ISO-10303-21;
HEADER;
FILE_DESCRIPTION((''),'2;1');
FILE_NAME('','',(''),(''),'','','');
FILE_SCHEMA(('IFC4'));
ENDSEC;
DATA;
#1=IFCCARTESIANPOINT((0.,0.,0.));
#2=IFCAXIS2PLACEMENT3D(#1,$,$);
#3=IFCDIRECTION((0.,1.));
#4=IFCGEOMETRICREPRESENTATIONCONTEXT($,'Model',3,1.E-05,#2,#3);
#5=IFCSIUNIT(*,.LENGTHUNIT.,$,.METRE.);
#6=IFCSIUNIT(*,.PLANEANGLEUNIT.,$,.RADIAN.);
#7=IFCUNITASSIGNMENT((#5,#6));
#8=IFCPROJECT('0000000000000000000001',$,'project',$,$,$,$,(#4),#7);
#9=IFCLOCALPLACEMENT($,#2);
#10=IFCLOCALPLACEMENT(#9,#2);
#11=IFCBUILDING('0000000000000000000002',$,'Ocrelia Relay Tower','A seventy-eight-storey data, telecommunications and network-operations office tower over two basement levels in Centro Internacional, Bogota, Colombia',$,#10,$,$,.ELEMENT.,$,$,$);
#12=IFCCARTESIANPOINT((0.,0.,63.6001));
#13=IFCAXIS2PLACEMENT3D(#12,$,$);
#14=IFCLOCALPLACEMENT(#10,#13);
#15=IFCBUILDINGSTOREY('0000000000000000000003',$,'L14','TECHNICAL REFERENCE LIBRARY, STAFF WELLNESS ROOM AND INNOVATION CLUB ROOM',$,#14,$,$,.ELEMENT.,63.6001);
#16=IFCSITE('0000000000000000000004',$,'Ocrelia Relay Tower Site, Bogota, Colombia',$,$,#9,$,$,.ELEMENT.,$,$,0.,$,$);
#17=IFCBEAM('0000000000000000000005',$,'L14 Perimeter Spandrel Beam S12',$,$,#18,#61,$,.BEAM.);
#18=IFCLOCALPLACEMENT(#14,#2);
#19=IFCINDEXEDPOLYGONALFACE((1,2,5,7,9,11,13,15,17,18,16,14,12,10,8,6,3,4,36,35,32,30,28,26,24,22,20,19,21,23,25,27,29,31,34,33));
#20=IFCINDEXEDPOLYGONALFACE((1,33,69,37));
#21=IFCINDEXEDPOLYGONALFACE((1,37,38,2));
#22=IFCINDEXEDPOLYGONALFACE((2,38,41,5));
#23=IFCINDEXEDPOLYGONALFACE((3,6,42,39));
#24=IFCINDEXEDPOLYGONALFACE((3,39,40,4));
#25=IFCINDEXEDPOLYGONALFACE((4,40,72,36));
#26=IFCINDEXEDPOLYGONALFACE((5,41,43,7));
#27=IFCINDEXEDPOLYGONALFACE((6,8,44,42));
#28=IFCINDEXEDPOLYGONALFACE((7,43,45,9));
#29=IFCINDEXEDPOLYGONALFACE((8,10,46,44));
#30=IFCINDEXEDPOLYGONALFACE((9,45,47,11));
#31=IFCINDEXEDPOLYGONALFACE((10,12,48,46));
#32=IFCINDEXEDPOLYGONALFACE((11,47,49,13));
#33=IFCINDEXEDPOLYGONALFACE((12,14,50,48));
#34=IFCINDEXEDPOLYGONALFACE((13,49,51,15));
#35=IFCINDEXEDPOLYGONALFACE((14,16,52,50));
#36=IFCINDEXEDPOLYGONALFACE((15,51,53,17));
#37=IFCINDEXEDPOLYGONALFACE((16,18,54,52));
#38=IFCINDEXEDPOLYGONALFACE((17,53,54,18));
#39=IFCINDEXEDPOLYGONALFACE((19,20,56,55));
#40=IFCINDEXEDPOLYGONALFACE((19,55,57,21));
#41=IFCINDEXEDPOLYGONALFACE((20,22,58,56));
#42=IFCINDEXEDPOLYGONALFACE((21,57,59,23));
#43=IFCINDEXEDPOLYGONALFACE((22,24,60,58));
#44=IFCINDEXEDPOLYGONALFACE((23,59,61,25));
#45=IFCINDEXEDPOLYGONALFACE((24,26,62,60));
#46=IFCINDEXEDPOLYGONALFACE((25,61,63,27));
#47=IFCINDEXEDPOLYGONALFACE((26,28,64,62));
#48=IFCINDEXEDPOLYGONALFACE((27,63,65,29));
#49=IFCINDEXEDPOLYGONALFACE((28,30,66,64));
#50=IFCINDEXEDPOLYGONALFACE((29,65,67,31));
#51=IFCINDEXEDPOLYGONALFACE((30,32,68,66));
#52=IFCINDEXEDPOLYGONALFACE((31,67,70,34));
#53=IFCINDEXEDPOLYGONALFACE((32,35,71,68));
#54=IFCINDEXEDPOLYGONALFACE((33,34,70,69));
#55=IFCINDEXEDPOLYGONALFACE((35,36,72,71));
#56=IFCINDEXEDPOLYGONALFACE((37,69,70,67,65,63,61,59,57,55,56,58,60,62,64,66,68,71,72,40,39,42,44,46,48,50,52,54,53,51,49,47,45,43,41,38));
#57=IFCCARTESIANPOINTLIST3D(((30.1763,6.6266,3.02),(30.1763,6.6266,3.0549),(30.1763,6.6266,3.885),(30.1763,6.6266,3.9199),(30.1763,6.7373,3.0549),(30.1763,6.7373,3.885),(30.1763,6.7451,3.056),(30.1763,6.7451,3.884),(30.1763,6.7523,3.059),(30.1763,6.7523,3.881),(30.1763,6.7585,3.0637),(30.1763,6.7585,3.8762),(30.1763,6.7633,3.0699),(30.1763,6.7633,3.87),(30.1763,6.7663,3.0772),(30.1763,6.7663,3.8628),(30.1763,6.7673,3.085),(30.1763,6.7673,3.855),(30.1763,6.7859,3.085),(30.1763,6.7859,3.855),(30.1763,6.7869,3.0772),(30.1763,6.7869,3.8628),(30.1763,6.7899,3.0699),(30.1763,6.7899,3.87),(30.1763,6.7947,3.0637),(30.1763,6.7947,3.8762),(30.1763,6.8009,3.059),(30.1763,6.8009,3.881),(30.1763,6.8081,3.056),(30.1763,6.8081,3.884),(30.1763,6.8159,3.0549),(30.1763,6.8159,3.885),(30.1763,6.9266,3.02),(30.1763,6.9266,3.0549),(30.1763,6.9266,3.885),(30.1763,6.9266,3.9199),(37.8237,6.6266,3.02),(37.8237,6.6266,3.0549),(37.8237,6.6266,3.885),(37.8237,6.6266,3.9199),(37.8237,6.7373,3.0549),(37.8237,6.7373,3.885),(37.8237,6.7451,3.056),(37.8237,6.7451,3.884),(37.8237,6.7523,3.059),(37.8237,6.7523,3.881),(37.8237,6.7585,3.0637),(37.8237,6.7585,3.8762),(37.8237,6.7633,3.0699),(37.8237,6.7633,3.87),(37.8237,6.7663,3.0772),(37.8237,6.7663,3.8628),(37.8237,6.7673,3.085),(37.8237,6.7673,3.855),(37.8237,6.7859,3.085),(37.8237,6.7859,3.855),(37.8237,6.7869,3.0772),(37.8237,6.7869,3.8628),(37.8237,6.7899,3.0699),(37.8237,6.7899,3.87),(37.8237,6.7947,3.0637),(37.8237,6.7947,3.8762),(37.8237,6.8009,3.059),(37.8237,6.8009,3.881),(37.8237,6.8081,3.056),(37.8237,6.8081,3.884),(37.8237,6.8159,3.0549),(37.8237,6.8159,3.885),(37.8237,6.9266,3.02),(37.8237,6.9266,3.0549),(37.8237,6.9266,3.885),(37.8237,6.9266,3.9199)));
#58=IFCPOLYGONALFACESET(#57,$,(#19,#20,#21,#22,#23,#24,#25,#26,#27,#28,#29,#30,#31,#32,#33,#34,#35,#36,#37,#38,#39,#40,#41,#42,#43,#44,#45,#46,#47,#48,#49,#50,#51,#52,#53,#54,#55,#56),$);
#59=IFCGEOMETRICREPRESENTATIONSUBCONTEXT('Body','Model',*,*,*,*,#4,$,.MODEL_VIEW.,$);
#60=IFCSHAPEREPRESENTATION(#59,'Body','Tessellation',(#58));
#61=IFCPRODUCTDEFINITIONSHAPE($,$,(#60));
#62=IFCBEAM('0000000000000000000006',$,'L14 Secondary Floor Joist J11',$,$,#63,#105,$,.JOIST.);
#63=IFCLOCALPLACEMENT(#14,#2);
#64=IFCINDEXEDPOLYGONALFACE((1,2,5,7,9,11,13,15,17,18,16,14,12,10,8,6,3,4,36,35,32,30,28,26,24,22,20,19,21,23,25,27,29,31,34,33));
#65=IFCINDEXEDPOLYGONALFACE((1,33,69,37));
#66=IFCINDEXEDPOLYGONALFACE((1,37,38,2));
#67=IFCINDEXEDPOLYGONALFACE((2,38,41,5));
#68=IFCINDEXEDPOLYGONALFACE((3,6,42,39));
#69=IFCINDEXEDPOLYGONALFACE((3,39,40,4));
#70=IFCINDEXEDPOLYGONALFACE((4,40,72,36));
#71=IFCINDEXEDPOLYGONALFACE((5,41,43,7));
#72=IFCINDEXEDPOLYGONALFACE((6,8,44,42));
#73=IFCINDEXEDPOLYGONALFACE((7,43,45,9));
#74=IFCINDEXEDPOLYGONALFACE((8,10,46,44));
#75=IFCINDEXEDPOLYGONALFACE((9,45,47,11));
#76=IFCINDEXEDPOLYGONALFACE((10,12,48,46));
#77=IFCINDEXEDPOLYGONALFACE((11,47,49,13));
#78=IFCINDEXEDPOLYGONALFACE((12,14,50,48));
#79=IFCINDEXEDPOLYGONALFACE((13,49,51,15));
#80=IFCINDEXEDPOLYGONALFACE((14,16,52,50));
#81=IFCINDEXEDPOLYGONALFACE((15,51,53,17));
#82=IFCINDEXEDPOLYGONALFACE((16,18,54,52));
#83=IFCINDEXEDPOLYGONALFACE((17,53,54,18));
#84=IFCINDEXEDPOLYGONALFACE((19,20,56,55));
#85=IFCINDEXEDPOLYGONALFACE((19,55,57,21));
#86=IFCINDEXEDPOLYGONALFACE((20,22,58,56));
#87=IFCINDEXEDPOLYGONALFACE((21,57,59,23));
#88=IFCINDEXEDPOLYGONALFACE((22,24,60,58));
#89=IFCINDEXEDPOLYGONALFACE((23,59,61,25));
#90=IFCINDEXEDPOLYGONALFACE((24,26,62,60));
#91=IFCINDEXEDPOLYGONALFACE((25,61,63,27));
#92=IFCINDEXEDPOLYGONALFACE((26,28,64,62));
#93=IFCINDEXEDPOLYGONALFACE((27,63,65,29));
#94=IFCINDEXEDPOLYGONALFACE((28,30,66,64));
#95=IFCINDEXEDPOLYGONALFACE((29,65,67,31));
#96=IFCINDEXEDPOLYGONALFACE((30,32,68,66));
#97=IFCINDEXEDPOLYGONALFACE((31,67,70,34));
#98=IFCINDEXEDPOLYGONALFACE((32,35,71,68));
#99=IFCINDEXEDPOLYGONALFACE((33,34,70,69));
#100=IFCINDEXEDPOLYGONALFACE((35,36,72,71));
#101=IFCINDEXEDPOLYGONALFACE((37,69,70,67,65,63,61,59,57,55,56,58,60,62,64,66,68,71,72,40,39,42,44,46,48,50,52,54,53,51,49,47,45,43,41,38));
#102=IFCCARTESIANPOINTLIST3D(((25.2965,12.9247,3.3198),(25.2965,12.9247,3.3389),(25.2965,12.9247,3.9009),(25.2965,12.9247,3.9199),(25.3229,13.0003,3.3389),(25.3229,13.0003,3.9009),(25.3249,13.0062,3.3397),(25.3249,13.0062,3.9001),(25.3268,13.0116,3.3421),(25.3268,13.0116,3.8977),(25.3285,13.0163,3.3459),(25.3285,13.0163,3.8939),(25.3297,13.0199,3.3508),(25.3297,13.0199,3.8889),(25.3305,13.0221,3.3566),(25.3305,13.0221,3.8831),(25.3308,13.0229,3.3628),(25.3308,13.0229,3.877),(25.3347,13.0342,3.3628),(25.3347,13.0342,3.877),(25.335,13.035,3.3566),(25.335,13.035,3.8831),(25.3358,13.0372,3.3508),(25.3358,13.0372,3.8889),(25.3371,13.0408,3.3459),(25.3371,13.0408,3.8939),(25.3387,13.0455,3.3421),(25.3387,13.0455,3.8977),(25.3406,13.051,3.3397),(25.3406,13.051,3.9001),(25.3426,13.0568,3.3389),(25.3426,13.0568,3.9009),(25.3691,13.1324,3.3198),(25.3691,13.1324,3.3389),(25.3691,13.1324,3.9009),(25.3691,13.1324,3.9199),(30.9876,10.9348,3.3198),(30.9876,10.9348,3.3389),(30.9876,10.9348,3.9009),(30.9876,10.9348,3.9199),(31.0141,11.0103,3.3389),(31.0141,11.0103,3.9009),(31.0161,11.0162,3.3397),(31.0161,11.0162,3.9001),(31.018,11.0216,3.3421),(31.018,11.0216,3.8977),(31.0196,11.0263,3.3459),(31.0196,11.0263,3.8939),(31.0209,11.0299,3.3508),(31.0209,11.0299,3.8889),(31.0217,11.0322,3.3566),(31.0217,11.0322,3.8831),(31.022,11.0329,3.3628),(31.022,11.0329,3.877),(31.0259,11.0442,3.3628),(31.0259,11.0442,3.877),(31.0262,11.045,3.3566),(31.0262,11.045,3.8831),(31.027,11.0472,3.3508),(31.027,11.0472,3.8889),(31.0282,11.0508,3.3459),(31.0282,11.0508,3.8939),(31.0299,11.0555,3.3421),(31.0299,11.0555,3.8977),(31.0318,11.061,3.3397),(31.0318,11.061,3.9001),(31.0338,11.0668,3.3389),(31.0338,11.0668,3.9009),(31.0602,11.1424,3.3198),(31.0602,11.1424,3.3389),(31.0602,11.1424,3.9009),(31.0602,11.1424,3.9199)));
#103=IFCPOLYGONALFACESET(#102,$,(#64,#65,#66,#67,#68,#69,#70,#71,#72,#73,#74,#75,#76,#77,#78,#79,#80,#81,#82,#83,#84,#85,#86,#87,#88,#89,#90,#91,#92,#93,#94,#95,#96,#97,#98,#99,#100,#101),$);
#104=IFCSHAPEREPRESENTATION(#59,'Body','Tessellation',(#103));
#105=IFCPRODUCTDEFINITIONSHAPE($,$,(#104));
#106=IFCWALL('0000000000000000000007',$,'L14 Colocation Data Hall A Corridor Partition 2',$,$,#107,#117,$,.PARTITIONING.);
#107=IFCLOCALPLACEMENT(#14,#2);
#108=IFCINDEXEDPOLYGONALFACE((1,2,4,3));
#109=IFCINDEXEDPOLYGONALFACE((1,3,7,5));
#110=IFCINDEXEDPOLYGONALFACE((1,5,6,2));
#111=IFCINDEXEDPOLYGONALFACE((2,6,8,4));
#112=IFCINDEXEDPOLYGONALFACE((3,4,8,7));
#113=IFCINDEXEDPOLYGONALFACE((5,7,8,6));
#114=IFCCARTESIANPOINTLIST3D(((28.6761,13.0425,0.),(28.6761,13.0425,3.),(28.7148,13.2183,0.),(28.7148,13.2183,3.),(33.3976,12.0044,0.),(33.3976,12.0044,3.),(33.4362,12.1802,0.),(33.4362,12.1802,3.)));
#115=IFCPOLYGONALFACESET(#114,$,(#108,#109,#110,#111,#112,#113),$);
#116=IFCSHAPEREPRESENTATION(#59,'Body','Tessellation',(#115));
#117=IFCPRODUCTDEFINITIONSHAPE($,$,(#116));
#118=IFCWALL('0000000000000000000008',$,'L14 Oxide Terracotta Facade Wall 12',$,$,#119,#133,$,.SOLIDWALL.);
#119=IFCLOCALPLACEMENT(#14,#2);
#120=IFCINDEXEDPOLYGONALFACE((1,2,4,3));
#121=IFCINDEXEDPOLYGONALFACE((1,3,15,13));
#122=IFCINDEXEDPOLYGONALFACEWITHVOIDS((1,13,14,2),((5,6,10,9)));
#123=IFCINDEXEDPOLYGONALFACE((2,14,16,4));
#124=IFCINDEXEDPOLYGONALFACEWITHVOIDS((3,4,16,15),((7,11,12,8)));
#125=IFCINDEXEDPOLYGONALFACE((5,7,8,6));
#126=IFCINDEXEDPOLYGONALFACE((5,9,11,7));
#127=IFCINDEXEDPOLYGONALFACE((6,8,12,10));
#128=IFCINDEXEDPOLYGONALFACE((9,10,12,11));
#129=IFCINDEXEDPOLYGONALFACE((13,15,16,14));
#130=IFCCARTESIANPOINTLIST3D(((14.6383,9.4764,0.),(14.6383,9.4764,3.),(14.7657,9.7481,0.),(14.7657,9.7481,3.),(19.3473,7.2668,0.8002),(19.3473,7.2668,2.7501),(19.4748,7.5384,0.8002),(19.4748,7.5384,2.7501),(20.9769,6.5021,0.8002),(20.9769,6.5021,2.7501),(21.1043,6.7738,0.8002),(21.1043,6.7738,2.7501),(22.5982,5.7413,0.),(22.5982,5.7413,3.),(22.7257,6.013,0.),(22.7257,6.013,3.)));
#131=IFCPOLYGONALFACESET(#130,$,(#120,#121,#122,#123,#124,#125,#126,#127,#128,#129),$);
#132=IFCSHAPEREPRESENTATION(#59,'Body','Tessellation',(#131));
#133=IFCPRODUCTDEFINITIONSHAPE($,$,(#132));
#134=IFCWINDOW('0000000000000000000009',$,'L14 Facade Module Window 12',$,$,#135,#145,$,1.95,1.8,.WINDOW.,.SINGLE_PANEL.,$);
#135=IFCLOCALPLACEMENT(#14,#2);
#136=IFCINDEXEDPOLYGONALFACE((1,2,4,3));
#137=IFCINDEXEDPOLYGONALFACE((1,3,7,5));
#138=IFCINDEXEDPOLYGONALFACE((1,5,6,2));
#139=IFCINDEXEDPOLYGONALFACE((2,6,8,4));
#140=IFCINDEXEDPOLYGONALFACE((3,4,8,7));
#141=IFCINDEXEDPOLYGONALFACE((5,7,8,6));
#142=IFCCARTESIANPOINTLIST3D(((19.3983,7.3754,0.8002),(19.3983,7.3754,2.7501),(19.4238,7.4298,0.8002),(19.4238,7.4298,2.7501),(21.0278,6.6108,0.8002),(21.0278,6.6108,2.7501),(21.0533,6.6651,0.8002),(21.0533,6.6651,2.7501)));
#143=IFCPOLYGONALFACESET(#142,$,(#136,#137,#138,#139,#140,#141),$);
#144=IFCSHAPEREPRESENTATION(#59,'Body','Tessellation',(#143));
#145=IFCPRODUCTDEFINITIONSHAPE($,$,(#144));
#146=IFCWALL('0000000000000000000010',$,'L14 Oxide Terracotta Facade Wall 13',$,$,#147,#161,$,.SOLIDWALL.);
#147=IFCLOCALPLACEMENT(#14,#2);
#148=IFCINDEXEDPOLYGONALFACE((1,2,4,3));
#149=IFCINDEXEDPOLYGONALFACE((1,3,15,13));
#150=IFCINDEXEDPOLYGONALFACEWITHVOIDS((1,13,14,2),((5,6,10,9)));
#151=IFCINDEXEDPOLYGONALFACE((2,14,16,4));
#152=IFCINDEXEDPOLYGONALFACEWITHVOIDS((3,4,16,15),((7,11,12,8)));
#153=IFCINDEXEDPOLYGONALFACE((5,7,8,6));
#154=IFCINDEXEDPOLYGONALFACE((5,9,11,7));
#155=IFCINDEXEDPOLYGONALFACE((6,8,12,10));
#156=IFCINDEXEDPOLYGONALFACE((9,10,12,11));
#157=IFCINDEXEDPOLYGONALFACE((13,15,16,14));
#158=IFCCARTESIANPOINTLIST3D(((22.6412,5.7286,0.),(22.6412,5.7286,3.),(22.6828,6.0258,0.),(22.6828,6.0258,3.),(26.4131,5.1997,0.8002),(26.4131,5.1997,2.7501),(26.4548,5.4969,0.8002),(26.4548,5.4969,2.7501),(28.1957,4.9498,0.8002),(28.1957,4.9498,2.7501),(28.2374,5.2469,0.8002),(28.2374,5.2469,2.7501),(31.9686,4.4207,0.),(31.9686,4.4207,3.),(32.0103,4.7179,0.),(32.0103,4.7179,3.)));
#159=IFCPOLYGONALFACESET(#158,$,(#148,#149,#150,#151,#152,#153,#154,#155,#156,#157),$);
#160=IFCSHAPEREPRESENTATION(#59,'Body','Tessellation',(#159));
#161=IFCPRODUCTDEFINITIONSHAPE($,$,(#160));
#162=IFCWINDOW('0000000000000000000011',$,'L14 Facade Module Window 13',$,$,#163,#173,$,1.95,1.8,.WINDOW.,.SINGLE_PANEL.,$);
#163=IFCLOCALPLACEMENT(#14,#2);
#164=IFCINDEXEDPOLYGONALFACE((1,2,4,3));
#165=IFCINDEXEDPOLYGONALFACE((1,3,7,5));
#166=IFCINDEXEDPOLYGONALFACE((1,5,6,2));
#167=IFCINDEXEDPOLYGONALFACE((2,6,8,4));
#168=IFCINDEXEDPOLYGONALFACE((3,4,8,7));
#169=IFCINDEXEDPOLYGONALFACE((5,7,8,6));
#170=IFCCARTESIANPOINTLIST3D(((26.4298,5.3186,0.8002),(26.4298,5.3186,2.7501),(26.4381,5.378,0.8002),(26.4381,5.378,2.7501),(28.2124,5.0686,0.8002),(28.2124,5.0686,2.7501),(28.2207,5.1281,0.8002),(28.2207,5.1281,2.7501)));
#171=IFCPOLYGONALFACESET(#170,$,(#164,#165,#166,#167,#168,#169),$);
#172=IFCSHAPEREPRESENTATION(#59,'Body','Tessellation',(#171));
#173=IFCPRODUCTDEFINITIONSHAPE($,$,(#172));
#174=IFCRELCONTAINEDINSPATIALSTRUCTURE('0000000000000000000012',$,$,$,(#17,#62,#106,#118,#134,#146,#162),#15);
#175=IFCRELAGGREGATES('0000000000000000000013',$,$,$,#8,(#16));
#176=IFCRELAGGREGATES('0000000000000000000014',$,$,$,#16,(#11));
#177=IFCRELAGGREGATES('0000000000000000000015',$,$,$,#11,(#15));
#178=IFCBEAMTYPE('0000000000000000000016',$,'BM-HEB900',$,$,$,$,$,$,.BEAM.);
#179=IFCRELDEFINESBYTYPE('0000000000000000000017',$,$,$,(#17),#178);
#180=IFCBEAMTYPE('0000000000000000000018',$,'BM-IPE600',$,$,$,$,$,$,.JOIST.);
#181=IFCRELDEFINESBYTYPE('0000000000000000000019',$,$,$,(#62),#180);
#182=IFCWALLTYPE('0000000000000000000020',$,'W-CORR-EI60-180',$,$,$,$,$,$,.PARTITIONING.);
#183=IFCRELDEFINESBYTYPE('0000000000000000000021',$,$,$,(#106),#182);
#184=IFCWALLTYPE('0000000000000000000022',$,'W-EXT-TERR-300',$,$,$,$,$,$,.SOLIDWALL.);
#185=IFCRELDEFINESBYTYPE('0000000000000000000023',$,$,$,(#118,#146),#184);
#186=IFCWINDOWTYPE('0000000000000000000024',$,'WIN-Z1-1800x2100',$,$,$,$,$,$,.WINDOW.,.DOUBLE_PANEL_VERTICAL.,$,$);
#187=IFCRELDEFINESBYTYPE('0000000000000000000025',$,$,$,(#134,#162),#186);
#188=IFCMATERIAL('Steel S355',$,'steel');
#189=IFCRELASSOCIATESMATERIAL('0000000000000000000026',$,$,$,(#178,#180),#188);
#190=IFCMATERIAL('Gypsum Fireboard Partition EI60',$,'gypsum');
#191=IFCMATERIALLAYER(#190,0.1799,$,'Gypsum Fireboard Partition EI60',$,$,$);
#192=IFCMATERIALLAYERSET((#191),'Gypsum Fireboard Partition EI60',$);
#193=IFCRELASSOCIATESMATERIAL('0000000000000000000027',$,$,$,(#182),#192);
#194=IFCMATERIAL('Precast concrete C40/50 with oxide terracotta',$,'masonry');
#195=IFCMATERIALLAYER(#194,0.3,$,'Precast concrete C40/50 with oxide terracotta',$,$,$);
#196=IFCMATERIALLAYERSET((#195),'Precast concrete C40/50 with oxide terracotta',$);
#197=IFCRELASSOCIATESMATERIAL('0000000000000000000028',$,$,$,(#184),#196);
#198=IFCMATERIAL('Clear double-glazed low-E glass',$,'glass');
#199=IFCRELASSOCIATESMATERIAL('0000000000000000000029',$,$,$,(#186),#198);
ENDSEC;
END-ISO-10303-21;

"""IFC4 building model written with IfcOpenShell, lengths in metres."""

from ifc_helpers import new_model, si_unit, direction, frame, frame_2d, origin, origin_2d, place, context, subcontext, project, spatial, rectangle, i_section, extrude, material, layer, layer_set, material_profile, profile_set, type_object, element, fill, save


model = new_model("IFC4")

# Units and contexts
model_context = context("Model", 3, precision=1e-05, world=origin(), true_north=direction((0.0, 1.0)))
body_context = subcontext(model_context, "Body", "Model", "MODEL_VIEW")
ifc_project = project(units=[si_unit("LENGTHUNIT", "METRE"), si_unit("PLANEANGLEUNIT", "RADIAN")], contexts=[model_context])

# Site, building, storey
site_placement = place(None, origin())
site = spatial("IfcSite", under=ifc_project, at=site_placement, Name="Ocrelia Relay Tower Site, Bogota, Colombia", CompositionType="ELEMENT", RefElevation=0.0)
building_placement = place(site_placement, origin())
building = spatial("IfcBuilding", under=site, at=building_placement, Name="Ocrelia Relay Tower", Description="A seventy-eight-storey data, telecommunications and network-operations office tower over two basement levels in Centro Internacional, Bogota, Colombia", CompositionType="ELEMENT")
storey_placement = place(building_placement, frame((0.0, 0.0, 63.6001)))
storey = spatial("IfcBuildingStorey", under=building, at=storey_placement, Name="L14", Description="TECHNICAL REFERENCE LIBRARY, STAFF WELLNESS ROOM AND INNOVATION CLUB ROOM", CompositionType="ELEMENT", Elevation=63.6001)

# Beams
ifc_material_1 = material(Name="Steel S355", Category="steel")
ifc_material_profile_1 = material_profile(ifc_material_1, i_section(OverallWidth=0.3, OverallDepth=0.8999, WebThickness=0.0186, FlangeThickness=0.0349, FilletRadius=0.03, at=origin_2d()), Name="HEB 900")
ifc_profile_set_1 = profile_set([ifc_material_profile_1], Name="Steel S355")
beam_type_1 = type_object("IfcBeamType", Name="BM-HEB900", PredefinedType="BEAM", material=ifc_profile_set_1)
for number, where, z_axis, x_axis, name in (
    (1, (30.1763, 6.7766, 3.47), (1.0, 0.0, 0.0), (0.0, 1.0, 0.0), "L14 Perimeter Spandrel Beam S12"),
):
    element("IfcBeam", number, at=place(storey_placement, frame(where, z_axis=z_axis, x_axis=x_axis)), inside=storey, type_object=beam_type_1, Name=name, PredefinedType="BEAM", context=body_context, shape_type="SweptSolid", body=[
        extrude(i_section(OverallWidth=0.3, OverallDepth=0.8999, WebThickness=0.0186, FlangeThickness=0.0349, FilletRadius=0.03, at=origin_2d()), origin(), (0.0, 0.0, 1.0), 7.6475),
    ])
ifc_material_profile_2 = material_profile(ifc_material_1, i_section(OverallWidth=0.22, OverallDepth=0.6001, WebThickness=0.012, FlangeThickness=0.019, FilletRadius=0.0239, at=origin_2d()), Name="IPE 600")
ifc_profile_set_2 = profile_set([ifc_material_profile_2], Name="Steel S355")
beam_type_2 = type_object("IfcBeamType", Name="BM-IPE600", PredefinedType="JOIST", material=ifc_profile_set_2)
beam_1_placement = place(storey_placement, frame((25.3328, 13.0286, 3.6199), z_axis=(0.943957, -0.330067, 0.0), x_axis=(0.330067, 0.943957, 0.0)))
element("IfcBeam", 2, at=beam_1_placement, inside=storey, type_object=beam_type_2, Name="L14 Secondary Floor Joist J11", PredefinedType="JOIST", context=body_context, shape_type="SweptSolid", body=[
    extrude(i_section(OverallWidth=0.22, OverallDepth=0.6001, WebThickness=0.012, FlangeThickness=0.019, FilletRadius=0.0239, at=origin_2d()), origin(), (0.0, 0.0, 1.0), 6.0291),
])

# Wall
ifc_material_2 = material(Name="Gypsum Fireboard Partition EI60", Category="gypsum")
ifc_layer_1 = layer(ifc_material_2, 0.1799, Name="Gypsum Fireboard Partition EI60")
ifc_layer_set_1 = layer_set([ifc_layer_1], Name="Gypsum Fireboard Partition EI60")
wall_type_1 = type_object("IfcWallType", Name="W-CORR-EI60-180", PredefinedType="PARTITIONING", material=ifc_layer_set_1)
wall_1_placement = place(storey_placement, frame((28.6956, 13.1304, 0.0), z_axis=(0.0, 0.0, 1.0), x_axis=(0.976672, -0.214737, 0.0)))
element("IfcWall", 3, at=wall_1_placement, inside=storey, type_object=wall_type_1, Name="L14 Colocation Data Hall A Corridor Partition 2", PredefinedType="PARTITIONING", context=body_context, shape_type="SweptSolid", body=[
    extrude(rectangle(XDim=4.8342, YDim=0.1799, at=frame_2d((2.417, 0.0))), origin(), (0.0, 0.0, 1.0), 3.0),
])

# Walls, openings, windows
ifc_material_3 = material(Name="Precast concrete C40/50 with oxide terracotta", Category="masonry")
ifc_layer_2 = layer(ifc_material_3, 0.3, Name="Precast concrete C40/50 with oxide terracotta")
ifc_layer_set_2 = layer_set([ifc_layer_2], Name="Precast concrete C40/50 with oxide terracotta")
wall_type_2 = type_object("IfcWallType", Name="W-EXT-TERR-300", PredefinedType="SOLIDWALL", material=ifc_layer_set_2)
wall_2_placement = place(storey_placement, frame((14.7019, 9.6123, 0.0), z_axis=(0.0, 0.0, 1.0), x_axis=(0.905289, -0.424795, 0.0)))
wall_2 = element("IfcWall", 4, at=wall_2_placement, inside=storey, type_object=wall_type_2, Name="L14 Oxide Terracotta Facade Wall 12", PredefinedType="SOLIDWALL", context=body_context, shape_type="SweptSolid", body=[
    extrude(rectangle(XDim=8.7927, YDim=0.3, at=frame_2d((4.3965, 0.0))), origin(), (0.0, 0.0, 1.0), 3.0),
])
opening_1_placement = place(wall_2_placement, frame((5.2019, 0.0, 0.8)))
opening_1 = element("IfcOpeningElement", 5, at=opening_1_placement, cuts=wall_2, PredefinedType="OPENING", context=body_context, shape_type="SweptSolid", body=[
    extrude(rectangle(XDim=1.8, YDim=1.95, at=frame_2d((0.8999, 0.9751))), frame((0.0, 0.1602, 0.0), z_axis=(0.0, -1.0, 0.0), x_axis=(1.0, 0.0, 0.0)), (0.0, 0.0, 1.0), 0.3201),
])
ifc_material_4 = material(Name="Clear double-glazed low-E glass", Category="glass")
window_type = type_object("IfcWindowType", Name="WIN-Z1-1800x2100", PartitioningType="DOUBLE_PANEL_VERTICAL", PredefinedType="WINDOW", material=ifc_material_4)
window_1_placement = place(opening_1_placement, origin())
window_1 = element("IfcWindow", 6, at=window_1_placement, inside=storey, type_object=window_type, Name="L14 Facade Module Window 12", OverallHeight=1.95, OverallWidth=1.8, PartitioningType="SINGLE_PANEL", PredefinedType="WINDOW", context=body_context, shape_type="SweptSolid", body=[
    extrude(rectangle(XDim=1.8, YDim=1.95, at=frame_2d((0.8999, 0.9751))), frame((0.0, 0.03, 0.0), z_axis=(0.0, -1.0, 0.0), x_axis=(1.0, 0.0, 0.0)), (0.0, 0.0, 1.0), 0.0601),
])
fill(opening_1, window_1)
wall_3_placement = place(storey_placement, frame((22.6619, 5.8772, 0.0), z_axis=(0.0, 0.0, 1.0), x_axis=(0.990312, -0.138859, 0.0)))
wall_3 = element("IfcWall", 7, at=wall_3_placement, inside=storey, type_object=wall_type_2, Name="L14 Oxide Terracotta Facade Wall 13", PredefinedType="SOLIDWALL", context=body_context, shape_type="SweptSolid", body=[
    extrude(rectangle(XDim=9.4187, YDim=0.3, at=frame_2d((4.7095, 0.0))), origin(), (0.0, 0.0, 1.0), 3.0),
])
opening_2_placement = place(wall_3_placement, frame((3.8091, 0.0, 0.8)))
opening_2 = element("IfcOpeningElement", 8, at=opening_2_placement, cuts=wall_3, PredefinedType="OPENING", context=body_context, shape_type="SweptSolid", body=[
    extrude(rectangle(XDim=1.8, YDim=1.95, at=frame_2d((0.8999, 0.9751))), frame((0.0, 0.1602, 0.0), z_axis=(0.0, -1.0, 0.0), x_axis=(1.0, 0.0, 0.0)), (0.0, 0.0, 1.0), 0.3201),
])
window_2_placement = place(opening_2_placement, origin())
window_2 = element("IfcWindow", 9, at=window_2_placement, inside=storey, type_object=window_type, Name="L14 Facade Module Window 13", OverallHeight=1.95, OverallWidth=1.8, PartitioningType="SINGLE_PANEL", PredefinedType="WINDOW", context=body_context, shape_type="SweptSolid", body=[
    extrude(rectangle(XDim=1.8, YDim=1.95, at=frame_2d((0.8999, 0.9751))), frame((0.0, 0.03, 0.0), z_axis=(0.0, -1.0, 0.0), x_axis=(1.0, 0.0, 0.0)), (0.0, 0.0, 1.0), 0.0601),
])
fill(opening_2, window_2)

save(model, "model.ifc")
